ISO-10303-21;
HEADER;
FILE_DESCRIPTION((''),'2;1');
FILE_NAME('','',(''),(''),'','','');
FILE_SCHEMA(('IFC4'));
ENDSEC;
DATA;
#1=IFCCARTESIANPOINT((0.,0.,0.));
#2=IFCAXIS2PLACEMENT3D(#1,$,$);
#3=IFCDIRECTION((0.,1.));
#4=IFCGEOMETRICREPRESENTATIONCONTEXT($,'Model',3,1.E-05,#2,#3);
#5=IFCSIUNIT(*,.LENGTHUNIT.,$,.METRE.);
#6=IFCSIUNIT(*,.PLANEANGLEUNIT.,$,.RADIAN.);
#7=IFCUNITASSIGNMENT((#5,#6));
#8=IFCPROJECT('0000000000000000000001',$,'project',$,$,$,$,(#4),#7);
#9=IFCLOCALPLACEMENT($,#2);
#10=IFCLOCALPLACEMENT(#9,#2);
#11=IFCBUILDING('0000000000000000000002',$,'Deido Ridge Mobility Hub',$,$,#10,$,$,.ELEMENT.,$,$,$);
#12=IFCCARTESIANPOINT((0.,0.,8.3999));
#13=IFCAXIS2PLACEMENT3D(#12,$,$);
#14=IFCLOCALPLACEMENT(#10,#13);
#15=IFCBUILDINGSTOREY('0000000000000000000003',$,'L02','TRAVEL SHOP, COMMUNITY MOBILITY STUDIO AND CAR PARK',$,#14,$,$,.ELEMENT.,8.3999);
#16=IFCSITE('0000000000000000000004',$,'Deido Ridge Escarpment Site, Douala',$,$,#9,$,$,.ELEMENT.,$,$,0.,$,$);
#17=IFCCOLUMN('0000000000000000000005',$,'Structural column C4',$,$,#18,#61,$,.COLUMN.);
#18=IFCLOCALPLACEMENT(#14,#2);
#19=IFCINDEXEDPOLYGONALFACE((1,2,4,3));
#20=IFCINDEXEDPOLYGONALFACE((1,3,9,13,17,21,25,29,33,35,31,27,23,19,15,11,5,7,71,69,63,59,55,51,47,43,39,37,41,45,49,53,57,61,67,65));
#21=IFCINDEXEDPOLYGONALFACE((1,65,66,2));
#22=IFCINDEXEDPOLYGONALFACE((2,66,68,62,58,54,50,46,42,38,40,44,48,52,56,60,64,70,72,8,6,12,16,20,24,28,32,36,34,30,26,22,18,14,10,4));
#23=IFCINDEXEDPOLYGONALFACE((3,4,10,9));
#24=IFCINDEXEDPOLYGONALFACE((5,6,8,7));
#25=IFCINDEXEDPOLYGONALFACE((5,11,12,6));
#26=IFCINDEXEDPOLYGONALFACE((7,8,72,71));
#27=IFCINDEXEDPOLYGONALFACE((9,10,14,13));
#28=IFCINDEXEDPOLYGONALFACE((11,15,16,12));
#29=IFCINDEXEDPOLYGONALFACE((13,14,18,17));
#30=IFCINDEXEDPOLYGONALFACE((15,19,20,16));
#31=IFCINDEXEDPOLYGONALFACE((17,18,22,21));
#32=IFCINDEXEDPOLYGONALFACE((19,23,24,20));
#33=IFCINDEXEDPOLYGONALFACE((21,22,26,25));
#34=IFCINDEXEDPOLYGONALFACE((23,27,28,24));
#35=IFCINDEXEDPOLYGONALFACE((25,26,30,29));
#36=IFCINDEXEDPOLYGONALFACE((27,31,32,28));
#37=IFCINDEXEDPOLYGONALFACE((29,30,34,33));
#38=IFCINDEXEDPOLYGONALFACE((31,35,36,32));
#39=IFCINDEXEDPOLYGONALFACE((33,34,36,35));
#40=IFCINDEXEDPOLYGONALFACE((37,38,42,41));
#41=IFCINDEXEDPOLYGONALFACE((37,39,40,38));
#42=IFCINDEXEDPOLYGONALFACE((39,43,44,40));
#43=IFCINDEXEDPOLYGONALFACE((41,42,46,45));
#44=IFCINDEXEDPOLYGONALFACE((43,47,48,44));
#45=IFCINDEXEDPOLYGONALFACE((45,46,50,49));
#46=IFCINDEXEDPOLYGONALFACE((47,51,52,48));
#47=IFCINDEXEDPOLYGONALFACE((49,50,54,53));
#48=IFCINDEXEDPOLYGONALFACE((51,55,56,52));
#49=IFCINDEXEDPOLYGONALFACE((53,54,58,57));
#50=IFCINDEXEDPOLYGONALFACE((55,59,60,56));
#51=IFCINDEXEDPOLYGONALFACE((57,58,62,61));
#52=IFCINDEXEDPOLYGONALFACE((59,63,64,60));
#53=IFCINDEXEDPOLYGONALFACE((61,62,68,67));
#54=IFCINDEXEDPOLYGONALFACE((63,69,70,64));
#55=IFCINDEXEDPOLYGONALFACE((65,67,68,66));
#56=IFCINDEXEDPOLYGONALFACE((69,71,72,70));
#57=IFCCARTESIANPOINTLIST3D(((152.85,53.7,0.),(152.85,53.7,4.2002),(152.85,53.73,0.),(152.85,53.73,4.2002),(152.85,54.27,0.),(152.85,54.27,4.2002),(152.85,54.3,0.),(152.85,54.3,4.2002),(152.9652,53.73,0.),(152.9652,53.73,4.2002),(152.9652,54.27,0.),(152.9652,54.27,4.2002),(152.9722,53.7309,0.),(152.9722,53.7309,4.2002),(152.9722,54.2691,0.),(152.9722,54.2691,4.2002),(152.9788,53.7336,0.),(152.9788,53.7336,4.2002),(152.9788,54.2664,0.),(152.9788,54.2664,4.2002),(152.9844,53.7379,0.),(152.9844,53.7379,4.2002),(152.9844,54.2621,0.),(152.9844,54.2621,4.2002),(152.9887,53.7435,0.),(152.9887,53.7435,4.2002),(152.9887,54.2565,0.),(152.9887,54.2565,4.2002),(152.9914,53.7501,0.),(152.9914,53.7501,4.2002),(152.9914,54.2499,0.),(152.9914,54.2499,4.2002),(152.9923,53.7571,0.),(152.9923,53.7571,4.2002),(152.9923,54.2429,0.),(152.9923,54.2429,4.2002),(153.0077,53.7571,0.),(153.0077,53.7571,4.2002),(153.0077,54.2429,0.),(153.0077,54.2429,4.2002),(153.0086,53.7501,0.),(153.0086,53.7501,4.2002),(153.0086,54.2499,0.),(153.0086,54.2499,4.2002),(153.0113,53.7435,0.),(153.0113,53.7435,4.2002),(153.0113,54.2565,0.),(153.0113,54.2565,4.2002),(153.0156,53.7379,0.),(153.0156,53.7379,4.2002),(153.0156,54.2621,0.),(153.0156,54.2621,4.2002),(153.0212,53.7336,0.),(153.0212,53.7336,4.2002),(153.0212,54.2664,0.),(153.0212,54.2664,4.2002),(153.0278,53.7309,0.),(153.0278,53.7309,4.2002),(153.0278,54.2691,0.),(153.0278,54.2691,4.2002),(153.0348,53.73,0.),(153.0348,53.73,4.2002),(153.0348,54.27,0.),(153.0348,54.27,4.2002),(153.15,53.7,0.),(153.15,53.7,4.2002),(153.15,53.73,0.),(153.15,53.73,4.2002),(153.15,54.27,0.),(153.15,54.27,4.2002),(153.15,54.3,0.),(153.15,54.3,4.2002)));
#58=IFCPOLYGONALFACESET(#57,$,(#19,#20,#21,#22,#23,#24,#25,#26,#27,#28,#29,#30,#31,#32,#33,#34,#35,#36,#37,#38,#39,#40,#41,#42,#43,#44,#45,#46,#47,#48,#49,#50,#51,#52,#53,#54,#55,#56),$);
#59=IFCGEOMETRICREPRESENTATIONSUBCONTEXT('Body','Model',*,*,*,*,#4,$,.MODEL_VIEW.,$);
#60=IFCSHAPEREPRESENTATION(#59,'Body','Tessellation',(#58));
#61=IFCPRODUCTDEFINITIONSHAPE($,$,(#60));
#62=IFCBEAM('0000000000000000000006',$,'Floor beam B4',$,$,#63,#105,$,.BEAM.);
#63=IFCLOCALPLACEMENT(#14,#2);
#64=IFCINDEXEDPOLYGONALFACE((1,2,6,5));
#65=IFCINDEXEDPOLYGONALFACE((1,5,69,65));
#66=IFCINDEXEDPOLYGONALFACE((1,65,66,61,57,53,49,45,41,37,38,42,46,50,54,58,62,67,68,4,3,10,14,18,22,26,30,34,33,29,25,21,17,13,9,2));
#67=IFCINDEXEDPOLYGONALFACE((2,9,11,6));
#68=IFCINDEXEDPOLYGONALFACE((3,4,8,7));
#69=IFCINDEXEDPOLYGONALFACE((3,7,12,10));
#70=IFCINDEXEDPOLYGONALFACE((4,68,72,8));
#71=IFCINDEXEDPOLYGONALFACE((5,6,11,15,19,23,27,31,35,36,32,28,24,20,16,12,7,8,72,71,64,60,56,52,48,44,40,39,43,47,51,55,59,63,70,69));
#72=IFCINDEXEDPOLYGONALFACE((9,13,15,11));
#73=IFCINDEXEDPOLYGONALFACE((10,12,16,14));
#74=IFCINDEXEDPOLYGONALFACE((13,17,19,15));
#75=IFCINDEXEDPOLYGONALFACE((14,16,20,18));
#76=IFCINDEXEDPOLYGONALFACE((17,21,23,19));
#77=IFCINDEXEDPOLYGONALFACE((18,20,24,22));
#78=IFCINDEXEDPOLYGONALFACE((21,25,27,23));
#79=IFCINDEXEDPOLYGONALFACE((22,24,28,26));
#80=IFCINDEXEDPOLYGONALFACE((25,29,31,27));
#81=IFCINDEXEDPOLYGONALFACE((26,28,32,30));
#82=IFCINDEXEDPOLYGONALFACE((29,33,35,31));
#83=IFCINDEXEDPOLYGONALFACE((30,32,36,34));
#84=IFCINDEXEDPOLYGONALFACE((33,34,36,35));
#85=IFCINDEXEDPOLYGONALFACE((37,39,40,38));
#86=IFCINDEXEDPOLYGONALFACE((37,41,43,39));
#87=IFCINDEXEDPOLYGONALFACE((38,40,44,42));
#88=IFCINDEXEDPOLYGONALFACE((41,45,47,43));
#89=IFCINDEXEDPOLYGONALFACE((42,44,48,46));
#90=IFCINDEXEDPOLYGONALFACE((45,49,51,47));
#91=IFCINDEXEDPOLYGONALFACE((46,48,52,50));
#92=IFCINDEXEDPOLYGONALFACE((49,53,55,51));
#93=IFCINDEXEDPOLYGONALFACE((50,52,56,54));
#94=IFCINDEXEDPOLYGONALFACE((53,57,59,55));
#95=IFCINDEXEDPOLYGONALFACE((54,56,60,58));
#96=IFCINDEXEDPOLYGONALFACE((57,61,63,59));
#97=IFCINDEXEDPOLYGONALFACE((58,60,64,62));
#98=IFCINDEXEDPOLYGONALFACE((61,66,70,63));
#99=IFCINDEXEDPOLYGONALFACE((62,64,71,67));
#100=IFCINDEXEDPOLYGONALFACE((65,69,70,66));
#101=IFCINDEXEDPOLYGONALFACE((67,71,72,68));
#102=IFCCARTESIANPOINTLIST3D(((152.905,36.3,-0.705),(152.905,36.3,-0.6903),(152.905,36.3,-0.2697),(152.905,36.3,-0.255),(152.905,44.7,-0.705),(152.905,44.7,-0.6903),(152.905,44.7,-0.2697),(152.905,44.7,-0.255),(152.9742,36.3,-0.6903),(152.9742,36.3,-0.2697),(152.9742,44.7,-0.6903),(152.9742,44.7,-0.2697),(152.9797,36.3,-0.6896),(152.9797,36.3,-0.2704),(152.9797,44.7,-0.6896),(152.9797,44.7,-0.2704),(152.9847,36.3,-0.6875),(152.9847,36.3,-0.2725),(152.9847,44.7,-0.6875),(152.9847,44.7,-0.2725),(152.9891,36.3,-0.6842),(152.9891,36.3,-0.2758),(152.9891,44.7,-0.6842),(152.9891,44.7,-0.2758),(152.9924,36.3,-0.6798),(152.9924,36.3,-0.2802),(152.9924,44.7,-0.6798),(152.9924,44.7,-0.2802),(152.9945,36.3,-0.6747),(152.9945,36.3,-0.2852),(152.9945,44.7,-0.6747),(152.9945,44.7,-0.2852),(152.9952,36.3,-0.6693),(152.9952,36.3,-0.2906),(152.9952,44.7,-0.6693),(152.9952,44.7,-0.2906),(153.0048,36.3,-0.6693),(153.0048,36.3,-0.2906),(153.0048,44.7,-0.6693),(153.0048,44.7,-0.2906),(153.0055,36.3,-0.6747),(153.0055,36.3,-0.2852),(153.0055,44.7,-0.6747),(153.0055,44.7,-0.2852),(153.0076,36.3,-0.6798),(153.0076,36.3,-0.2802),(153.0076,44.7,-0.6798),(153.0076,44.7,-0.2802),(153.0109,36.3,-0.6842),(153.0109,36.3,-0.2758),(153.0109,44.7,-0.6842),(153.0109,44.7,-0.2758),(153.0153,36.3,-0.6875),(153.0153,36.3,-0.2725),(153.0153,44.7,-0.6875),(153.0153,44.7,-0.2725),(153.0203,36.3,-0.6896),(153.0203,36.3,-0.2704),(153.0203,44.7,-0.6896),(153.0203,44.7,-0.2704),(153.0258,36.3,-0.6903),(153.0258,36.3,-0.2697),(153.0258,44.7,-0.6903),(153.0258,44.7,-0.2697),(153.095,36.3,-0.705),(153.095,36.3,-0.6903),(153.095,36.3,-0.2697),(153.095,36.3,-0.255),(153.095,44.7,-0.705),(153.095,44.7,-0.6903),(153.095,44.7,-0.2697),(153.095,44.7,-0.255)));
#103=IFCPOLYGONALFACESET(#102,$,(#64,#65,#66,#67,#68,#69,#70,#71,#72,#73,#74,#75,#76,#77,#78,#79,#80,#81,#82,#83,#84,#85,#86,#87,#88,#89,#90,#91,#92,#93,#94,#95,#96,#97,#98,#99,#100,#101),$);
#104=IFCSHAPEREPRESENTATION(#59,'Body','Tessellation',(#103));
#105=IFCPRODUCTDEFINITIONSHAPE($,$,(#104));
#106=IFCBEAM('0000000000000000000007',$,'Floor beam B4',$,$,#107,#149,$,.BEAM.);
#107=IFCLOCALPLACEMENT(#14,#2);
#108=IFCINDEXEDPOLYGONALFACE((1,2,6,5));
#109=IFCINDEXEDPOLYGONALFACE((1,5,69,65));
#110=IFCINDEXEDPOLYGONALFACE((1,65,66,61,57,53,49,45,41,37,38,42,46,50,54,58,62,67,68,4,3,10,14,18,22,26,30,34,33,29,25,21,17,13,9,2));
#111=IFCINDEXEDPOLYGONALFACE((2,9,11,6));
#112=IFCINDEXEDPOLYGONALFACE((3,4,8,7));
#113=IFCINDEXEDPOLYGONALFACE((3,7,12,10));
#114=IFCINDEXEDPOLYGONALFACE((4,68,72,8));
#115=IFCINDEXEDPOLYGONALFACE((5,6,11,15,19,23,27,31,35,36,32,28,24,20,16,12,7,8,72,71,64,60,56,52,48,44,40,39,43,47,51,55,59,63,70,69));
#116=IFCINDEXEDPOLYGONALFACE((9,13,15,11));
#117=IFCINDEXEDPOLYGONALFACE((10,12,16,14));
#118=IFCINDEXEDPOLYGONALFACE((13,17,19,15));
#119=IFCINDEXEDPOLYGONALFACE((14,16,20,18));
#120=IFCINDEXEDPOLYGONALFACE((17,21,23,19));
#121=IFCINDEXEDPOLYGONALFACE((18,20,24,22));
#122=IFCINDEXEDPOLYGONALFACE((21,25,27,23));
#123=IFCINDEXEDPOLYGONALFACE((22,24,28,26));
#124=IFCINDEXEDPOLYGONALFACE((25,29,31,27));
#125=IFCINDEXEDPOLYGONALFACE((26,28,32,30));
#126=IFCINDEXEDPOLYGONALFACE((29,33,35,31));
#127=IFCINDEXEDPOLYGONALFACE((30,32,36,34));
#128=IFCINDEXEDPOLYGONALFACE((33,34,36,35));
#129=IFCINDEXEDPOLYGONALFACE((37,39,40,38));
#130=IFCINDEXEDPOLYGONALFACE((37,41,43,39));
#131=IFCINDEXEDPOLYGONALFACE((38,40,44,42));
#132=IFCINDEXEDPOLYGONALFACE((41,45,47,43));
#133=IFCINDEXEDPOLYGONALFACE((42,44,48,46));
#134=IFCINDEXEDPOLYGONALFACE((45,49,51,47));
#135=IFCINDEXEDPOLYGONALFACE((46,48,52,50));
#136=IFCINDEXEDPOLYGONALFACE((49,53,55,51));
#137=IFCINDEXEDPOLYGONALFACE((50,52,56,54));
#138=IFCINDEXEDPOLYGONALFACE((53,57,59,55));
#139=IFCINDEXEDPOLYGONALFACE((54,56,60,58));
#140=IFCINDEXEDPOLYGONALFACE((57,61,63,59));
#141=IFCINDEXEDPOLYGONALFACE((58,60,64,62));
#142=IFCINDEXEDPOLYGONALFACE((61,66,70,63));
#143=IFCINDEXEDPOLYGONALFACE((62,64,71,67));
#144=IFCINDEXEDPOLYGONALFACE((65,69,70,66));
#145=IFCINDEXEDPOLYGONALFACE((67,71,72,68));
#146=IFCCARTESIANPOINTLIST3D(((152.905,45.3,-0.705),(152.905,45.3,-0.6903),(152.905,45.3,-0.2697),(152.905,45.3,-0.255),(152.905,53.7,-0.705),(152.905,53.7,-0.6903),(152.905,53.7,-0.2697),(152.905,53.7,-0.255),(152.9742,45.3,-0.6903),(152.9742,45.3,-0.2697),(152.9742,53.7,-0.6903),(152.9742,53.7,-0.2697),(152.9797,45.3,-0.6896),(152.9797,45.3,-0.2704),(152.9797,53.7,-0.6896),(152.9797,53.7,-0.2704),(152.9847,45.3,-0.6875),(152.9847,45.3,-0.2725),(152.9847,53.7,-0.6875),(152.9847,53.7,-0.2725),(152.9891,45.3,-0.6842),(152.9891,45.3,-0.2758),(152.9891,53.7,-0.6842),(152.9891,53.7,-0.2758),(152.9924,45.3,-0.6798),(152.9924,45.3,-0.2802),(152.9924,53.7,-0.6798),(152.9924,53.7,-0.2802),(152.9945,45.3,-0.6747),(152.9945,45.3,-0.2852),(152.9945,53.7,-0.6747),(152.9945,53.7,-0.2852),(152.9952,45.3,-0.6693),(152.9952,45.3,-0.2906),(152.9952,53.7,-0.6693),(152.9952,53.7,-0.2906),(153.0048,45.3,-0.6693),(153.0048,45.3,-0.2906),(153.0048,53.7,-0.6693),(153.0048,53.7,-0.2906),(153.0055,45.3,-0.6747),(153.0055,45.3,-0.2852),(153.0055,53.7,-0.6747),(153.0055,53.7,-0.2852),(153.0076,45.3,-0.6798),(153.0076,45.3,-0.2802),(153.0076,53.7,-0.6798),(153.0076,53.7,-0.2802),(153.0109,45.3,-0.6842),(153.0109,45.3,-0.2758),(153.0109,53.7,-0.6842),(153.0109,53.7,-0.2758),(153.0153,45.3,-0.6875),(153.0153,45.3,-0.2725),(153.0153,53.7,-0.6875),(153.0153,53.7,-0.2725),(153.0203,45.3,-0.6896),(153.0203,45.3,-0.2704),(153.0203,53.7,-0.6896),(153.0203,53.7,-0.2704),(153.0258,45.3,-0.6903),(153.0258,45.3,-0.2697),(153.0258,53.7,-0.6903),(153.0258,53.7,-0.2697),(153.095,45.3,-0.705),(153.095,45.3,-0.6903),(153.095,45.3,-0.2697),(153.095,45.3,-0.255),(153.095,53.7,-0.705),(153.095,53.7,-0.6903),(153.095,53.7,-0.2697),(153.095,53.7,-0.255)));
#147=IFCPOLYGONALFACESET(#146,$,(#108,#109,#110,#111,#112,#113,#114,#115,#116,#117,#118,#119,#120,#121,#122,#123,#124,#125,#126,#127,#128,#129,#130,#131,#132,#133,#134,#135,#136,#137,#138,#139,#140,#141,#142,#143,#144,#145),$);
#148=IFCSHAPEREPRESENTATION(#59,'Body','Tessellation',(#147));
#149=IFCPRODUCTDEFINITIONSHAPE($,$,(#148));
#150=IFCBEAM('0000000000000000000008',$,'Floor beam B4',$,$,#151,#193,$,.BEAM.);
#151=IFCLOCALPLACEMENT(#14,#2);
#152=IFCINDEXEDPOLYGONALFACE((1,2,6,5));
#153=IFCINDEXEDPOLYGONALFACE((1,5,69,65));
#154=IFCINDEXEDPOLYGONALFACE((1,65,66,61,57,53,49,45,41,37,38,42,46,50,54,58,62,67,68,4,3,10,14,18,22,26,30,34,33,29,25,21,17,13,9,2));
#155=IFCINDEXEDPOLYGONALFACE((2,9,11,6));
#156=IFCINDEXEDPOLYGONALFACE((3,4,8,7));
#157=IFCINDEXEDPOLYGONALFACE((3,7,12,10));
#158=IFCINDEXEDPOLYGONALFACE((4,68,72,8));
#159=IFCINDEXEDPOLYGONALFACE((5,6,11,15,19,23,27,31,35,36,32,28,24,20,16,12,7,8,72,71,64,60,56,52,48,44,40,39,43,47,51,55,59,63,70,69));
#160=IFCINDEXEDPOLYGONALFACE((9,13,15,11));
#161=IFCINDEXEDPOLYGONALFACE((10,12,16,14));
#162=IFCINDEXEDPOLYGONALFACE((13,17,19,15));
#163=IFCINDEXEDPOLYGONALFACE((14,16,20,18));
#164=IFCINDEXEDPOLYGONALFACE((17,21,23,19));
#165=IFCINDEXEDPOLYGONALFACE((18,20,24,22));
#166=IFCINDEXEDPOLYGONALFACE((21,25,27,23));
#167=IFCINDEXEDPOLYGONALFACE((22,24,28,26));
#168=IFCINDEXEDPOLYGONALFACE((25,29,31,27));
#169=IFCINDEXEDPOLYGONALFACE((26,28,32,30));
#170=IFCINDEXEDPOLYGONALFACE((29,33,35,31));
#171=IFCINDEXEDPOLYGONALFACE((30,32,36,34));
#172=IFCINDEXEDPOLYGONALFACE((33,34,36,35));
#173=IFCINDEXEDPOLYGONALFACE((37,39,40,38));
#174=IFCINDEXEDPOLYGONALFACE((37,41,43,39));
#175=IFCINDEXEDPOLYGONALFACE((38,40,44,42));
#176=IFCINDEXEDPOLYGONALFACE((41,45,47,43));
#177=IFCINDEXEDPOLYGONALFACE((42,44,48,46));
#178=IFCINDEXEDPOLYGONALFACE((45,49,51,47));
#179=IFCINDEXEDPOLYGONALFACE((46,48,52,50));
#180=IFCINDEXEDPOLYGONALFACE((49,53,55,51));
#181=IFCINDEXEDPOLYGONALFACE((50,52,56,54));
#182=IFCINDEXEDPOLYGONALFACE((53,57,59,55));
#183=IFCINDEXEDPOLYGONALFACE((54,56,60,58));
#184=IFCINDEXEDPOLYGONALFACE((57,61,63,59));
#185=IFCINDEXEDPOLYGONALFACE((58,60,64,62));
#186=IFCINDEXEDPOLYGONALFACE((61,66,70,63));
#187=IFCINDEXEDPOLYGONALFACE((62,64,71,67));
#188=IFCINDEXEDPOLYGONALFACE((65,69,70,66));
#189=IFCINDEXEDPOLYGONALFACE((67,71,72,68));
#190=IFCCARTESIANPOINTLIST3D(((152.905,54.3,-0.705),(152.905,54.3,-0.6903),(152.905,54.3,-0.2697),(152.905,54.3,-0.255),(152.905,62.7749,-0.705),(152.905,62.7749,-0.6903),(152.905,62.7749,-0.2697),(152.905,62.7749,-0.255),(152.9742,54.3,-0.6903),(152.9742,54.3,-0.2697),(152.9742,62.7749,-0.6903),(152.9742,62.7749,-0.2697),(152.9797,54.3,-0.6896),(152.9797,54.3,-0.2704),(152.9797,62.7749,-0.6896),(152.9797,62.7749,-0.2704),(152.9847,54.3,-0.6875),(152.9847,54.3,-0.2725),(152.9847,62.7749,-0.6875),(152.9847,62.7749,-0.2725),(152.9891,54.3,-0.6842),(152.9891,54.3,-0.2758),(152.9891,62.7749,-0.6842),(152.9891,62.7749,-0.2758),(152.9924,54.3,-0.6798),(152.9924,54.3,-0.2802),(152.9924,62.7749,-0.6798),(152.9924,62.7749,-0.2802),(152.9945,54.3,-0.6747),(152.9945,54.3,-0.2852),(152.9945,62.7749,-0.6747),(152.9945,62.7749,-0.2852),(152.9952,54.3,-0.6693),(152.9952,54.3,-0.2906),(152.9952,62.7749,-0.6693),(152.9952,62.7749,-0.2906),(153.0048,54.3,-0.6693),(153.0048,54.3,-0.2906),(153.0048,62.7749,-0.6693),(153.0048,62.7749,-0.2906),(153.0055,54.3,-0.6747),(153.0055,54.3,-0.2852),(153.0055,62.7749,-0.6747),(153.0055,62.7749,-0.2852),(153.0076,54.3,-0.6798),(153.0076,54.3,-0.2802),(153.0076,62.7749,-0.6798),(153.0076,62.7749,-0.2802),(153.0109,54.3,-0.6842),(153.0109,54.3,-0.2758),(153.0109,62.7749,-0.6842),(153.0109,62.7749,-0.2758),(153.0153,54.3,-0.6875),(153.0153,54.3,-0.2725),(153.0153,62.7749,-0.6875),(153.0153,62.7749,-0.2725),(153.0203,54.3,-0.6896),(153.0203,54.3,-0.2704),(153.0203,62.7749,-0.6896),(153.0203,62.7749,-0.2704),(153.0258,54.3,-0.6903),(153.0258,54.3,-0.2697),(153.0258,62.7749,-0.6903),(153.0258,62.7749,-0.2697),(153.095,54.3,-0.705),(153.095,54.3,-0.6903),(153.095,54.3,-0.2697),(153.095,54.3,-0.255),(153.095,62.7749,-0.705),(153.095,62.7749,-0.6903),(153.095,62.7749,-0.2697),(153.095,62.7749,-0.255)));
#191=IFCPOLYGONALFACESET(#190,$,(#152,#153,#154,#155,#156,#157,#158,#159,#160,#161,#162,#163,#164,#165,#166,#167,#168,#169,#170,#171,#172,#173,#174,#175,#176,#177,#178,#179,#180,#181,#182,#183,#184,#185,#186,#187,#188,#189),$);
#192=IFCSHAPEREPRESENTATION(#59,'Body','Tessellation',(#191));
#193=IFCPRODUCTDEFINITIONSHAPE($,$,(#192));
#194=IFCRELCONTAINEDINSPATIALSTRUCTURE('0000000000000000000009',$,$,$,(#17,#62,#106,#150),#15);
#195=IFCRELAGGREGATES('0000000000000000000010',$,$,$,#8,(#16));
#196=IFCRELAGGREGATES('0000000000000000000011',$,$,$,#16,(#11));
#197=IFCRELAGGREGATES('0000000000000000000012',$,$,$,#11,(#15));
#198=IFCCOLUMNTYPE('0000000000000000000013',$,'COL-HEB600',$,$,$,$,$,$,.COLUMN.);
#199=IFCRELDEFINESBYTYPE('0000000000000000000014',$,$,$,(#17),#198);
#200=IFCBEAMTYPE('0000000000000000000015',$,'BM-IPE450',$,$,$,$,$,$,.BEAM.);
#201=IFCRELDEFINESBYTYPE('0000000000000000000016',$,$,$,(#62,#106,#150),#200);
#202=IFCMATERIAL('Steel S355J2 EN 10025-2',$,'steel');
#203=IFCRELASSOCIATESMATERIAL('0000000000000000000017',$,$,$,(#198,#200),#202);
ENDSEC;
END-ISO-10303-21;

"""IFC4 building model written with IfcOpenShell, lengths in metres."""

from ifc_helpers import new_model, si_unit, direction, frame, origin, origin_2d, place, context, subcontext, project, spatial, i_section, extrude, material, material_profile, profile_set, type_object, element, save


model = new_model("IFC4")

# Units and contexts
model_context = context("Model", 3, precision=1e-05, world=origin(), true_north=direction((0.0, 1.0)))
body_context = subcontext(model_context, "Body", "Model", "MODEL_VIEW")
ifc_project = project(units=[si_unit("LENGTHUNIT", "METRE"), si_unit("PLANEANGLEUNIT", "RADIAN")], contexts=[model_context])

# Site, building, storey
site_placement = place(None, origin())
site = spatial("IfcSite", under=ifc_project, at=site_placement, Name="Deido Ridge Escarpment Site, Douala", CompositionType="ELEMENT", RefElevation=0.0)
building_placement = place(site_placement, origin())
building = spatial("IfcBuilding", under=site, at=building_placement, Name="Deido Ridge Mobility Hub", CompositionType="ELEMENT")
storey_placement = place(building_placement, frame((0.0, 0.0, 8.3999)))
storey = spatial("IfcBuildingStorey", under=building, at=storey_placement, Name="L02", Description="TRAVEL SHOP, COMMUNITY MOBILITY STUDIO AND CAR PARK", CompositionType="ELEMENT", Elevation=8.3999)

# Column
ifc_material_1 = material(Name="Steel S355J2 EN 10025-2", Category="steel")
ifc_material_profile_1 = material_profile(ifc_material_1, i_section(OverallWidth=0.3, OverallDepth=0.6001, WebThickness=0.0154, FlangeThickness=0.03, FilletRadius=0.0271, at=origin_2d()), Name="HEB 600")
ifc_profile_set_1 = profile_set([ifc_material_profile_1], Name="Steel S355J2 EN 10025-2")
column_type = type_object("IfcColumnType", Name="COL-HEB600", PredefinedType="COLUMN", material=ifc_profile_set_1)
for number, where, z_axis, x_axis, name in (
    (1, (153.0, 54.0, 0.0), (0.0, 0.0, 1.0), (1.0, 0.0, 0.0), "Structural column C4"),
):
    element("IfcColumn", number, at=place(storey_placement, frame(where, z_axis=z_axis, x_axis=x_axis)), inside=storey, type_object=column_type, Name=name, PredefinedType="COLUMN", context=body_context, shape_type="SweptSolid", body=[
        extrude(i_section(OverallWidth=0.3, OverallDepth=0.6001, WebThickness=0.0154, FlangeThickness=0.03, FilletRadius=0.0271, at=origin_2d()), origin(), (0.0, 0.0, 1.0), 4.2002),
    ])

# Beams
ifc_material_profile_2 = material_profile(ifc_material_1, i_section(OverallWidth=0.1899, OverallDepth=0.45, WebThickness=0.0095, FlangeThickness=0.0146, FilletRadius=0.021, at=origin_2d()), Name="IPE 450")
ifc_profile_set_2 = profile_set([ifc_material_profile_2], Name="Steel S355J2 EN 10025-2")
beam_type_1 = type_object("IfcBeamType", Name="BM-IPE450", PredefinedType="BEAM", material=ifc_profile_set_2)
for number, where, z_axis, x_axis, name in (
    (2, (153.0, 36.3, -0.48), (0.0, 1.0, 0.0), (-1.0, 0.0, 0.0), "Floor beam B4"),
    (3, (153.0, 45.3, -0.48), (0.0, 1.0, 0.0), (-1.0, 0.0, 0.0), "Floor beam B4"),
):
    element("IfcBeam", number, at=place(storey_placement, frame(where, z_axis=z_axis, x_axis=x_axis)), inside=storey, type_object=beam_type_1, Name=name, PredefinedType="BEAM", context=body_context, shape_type="SweptSolid", body=[
        extrude(i_section(OverallWidth=0.1899, OverallDepth=0.45, WebThickness=0.0095, FlangeThickness=0.0146, FilletRadius=0.021, at=origin_2d()), origin(), (0.0, 0.0, 1.0), 8.3999),
    ])
beam_1_placement = place(storey_placement, frame((153.0, 54.3, -0.48), z_axis=(0.0, 1.0, 0.0), x_axis=(-1.0, 0.0, 0.0)))
element("IfcBeam", 4, at=beam_1_placement, inside=storey, type_object=beam_type_1, Name="Floor beam B4", PredefinedType="BEAM", context=body_context, shape_type="SweptSolid", body=[
    extrude(i_section(OverallWidth=0.1899, OverallDepth=0.45, WebThickness=0.0095, FlangeThickness=0.0146, FilletRadius=0.021, at=origin_2d()), origin(), (0.0, 0.0, 1.0), 8.4749),
])

save(model, "model.ifc")
